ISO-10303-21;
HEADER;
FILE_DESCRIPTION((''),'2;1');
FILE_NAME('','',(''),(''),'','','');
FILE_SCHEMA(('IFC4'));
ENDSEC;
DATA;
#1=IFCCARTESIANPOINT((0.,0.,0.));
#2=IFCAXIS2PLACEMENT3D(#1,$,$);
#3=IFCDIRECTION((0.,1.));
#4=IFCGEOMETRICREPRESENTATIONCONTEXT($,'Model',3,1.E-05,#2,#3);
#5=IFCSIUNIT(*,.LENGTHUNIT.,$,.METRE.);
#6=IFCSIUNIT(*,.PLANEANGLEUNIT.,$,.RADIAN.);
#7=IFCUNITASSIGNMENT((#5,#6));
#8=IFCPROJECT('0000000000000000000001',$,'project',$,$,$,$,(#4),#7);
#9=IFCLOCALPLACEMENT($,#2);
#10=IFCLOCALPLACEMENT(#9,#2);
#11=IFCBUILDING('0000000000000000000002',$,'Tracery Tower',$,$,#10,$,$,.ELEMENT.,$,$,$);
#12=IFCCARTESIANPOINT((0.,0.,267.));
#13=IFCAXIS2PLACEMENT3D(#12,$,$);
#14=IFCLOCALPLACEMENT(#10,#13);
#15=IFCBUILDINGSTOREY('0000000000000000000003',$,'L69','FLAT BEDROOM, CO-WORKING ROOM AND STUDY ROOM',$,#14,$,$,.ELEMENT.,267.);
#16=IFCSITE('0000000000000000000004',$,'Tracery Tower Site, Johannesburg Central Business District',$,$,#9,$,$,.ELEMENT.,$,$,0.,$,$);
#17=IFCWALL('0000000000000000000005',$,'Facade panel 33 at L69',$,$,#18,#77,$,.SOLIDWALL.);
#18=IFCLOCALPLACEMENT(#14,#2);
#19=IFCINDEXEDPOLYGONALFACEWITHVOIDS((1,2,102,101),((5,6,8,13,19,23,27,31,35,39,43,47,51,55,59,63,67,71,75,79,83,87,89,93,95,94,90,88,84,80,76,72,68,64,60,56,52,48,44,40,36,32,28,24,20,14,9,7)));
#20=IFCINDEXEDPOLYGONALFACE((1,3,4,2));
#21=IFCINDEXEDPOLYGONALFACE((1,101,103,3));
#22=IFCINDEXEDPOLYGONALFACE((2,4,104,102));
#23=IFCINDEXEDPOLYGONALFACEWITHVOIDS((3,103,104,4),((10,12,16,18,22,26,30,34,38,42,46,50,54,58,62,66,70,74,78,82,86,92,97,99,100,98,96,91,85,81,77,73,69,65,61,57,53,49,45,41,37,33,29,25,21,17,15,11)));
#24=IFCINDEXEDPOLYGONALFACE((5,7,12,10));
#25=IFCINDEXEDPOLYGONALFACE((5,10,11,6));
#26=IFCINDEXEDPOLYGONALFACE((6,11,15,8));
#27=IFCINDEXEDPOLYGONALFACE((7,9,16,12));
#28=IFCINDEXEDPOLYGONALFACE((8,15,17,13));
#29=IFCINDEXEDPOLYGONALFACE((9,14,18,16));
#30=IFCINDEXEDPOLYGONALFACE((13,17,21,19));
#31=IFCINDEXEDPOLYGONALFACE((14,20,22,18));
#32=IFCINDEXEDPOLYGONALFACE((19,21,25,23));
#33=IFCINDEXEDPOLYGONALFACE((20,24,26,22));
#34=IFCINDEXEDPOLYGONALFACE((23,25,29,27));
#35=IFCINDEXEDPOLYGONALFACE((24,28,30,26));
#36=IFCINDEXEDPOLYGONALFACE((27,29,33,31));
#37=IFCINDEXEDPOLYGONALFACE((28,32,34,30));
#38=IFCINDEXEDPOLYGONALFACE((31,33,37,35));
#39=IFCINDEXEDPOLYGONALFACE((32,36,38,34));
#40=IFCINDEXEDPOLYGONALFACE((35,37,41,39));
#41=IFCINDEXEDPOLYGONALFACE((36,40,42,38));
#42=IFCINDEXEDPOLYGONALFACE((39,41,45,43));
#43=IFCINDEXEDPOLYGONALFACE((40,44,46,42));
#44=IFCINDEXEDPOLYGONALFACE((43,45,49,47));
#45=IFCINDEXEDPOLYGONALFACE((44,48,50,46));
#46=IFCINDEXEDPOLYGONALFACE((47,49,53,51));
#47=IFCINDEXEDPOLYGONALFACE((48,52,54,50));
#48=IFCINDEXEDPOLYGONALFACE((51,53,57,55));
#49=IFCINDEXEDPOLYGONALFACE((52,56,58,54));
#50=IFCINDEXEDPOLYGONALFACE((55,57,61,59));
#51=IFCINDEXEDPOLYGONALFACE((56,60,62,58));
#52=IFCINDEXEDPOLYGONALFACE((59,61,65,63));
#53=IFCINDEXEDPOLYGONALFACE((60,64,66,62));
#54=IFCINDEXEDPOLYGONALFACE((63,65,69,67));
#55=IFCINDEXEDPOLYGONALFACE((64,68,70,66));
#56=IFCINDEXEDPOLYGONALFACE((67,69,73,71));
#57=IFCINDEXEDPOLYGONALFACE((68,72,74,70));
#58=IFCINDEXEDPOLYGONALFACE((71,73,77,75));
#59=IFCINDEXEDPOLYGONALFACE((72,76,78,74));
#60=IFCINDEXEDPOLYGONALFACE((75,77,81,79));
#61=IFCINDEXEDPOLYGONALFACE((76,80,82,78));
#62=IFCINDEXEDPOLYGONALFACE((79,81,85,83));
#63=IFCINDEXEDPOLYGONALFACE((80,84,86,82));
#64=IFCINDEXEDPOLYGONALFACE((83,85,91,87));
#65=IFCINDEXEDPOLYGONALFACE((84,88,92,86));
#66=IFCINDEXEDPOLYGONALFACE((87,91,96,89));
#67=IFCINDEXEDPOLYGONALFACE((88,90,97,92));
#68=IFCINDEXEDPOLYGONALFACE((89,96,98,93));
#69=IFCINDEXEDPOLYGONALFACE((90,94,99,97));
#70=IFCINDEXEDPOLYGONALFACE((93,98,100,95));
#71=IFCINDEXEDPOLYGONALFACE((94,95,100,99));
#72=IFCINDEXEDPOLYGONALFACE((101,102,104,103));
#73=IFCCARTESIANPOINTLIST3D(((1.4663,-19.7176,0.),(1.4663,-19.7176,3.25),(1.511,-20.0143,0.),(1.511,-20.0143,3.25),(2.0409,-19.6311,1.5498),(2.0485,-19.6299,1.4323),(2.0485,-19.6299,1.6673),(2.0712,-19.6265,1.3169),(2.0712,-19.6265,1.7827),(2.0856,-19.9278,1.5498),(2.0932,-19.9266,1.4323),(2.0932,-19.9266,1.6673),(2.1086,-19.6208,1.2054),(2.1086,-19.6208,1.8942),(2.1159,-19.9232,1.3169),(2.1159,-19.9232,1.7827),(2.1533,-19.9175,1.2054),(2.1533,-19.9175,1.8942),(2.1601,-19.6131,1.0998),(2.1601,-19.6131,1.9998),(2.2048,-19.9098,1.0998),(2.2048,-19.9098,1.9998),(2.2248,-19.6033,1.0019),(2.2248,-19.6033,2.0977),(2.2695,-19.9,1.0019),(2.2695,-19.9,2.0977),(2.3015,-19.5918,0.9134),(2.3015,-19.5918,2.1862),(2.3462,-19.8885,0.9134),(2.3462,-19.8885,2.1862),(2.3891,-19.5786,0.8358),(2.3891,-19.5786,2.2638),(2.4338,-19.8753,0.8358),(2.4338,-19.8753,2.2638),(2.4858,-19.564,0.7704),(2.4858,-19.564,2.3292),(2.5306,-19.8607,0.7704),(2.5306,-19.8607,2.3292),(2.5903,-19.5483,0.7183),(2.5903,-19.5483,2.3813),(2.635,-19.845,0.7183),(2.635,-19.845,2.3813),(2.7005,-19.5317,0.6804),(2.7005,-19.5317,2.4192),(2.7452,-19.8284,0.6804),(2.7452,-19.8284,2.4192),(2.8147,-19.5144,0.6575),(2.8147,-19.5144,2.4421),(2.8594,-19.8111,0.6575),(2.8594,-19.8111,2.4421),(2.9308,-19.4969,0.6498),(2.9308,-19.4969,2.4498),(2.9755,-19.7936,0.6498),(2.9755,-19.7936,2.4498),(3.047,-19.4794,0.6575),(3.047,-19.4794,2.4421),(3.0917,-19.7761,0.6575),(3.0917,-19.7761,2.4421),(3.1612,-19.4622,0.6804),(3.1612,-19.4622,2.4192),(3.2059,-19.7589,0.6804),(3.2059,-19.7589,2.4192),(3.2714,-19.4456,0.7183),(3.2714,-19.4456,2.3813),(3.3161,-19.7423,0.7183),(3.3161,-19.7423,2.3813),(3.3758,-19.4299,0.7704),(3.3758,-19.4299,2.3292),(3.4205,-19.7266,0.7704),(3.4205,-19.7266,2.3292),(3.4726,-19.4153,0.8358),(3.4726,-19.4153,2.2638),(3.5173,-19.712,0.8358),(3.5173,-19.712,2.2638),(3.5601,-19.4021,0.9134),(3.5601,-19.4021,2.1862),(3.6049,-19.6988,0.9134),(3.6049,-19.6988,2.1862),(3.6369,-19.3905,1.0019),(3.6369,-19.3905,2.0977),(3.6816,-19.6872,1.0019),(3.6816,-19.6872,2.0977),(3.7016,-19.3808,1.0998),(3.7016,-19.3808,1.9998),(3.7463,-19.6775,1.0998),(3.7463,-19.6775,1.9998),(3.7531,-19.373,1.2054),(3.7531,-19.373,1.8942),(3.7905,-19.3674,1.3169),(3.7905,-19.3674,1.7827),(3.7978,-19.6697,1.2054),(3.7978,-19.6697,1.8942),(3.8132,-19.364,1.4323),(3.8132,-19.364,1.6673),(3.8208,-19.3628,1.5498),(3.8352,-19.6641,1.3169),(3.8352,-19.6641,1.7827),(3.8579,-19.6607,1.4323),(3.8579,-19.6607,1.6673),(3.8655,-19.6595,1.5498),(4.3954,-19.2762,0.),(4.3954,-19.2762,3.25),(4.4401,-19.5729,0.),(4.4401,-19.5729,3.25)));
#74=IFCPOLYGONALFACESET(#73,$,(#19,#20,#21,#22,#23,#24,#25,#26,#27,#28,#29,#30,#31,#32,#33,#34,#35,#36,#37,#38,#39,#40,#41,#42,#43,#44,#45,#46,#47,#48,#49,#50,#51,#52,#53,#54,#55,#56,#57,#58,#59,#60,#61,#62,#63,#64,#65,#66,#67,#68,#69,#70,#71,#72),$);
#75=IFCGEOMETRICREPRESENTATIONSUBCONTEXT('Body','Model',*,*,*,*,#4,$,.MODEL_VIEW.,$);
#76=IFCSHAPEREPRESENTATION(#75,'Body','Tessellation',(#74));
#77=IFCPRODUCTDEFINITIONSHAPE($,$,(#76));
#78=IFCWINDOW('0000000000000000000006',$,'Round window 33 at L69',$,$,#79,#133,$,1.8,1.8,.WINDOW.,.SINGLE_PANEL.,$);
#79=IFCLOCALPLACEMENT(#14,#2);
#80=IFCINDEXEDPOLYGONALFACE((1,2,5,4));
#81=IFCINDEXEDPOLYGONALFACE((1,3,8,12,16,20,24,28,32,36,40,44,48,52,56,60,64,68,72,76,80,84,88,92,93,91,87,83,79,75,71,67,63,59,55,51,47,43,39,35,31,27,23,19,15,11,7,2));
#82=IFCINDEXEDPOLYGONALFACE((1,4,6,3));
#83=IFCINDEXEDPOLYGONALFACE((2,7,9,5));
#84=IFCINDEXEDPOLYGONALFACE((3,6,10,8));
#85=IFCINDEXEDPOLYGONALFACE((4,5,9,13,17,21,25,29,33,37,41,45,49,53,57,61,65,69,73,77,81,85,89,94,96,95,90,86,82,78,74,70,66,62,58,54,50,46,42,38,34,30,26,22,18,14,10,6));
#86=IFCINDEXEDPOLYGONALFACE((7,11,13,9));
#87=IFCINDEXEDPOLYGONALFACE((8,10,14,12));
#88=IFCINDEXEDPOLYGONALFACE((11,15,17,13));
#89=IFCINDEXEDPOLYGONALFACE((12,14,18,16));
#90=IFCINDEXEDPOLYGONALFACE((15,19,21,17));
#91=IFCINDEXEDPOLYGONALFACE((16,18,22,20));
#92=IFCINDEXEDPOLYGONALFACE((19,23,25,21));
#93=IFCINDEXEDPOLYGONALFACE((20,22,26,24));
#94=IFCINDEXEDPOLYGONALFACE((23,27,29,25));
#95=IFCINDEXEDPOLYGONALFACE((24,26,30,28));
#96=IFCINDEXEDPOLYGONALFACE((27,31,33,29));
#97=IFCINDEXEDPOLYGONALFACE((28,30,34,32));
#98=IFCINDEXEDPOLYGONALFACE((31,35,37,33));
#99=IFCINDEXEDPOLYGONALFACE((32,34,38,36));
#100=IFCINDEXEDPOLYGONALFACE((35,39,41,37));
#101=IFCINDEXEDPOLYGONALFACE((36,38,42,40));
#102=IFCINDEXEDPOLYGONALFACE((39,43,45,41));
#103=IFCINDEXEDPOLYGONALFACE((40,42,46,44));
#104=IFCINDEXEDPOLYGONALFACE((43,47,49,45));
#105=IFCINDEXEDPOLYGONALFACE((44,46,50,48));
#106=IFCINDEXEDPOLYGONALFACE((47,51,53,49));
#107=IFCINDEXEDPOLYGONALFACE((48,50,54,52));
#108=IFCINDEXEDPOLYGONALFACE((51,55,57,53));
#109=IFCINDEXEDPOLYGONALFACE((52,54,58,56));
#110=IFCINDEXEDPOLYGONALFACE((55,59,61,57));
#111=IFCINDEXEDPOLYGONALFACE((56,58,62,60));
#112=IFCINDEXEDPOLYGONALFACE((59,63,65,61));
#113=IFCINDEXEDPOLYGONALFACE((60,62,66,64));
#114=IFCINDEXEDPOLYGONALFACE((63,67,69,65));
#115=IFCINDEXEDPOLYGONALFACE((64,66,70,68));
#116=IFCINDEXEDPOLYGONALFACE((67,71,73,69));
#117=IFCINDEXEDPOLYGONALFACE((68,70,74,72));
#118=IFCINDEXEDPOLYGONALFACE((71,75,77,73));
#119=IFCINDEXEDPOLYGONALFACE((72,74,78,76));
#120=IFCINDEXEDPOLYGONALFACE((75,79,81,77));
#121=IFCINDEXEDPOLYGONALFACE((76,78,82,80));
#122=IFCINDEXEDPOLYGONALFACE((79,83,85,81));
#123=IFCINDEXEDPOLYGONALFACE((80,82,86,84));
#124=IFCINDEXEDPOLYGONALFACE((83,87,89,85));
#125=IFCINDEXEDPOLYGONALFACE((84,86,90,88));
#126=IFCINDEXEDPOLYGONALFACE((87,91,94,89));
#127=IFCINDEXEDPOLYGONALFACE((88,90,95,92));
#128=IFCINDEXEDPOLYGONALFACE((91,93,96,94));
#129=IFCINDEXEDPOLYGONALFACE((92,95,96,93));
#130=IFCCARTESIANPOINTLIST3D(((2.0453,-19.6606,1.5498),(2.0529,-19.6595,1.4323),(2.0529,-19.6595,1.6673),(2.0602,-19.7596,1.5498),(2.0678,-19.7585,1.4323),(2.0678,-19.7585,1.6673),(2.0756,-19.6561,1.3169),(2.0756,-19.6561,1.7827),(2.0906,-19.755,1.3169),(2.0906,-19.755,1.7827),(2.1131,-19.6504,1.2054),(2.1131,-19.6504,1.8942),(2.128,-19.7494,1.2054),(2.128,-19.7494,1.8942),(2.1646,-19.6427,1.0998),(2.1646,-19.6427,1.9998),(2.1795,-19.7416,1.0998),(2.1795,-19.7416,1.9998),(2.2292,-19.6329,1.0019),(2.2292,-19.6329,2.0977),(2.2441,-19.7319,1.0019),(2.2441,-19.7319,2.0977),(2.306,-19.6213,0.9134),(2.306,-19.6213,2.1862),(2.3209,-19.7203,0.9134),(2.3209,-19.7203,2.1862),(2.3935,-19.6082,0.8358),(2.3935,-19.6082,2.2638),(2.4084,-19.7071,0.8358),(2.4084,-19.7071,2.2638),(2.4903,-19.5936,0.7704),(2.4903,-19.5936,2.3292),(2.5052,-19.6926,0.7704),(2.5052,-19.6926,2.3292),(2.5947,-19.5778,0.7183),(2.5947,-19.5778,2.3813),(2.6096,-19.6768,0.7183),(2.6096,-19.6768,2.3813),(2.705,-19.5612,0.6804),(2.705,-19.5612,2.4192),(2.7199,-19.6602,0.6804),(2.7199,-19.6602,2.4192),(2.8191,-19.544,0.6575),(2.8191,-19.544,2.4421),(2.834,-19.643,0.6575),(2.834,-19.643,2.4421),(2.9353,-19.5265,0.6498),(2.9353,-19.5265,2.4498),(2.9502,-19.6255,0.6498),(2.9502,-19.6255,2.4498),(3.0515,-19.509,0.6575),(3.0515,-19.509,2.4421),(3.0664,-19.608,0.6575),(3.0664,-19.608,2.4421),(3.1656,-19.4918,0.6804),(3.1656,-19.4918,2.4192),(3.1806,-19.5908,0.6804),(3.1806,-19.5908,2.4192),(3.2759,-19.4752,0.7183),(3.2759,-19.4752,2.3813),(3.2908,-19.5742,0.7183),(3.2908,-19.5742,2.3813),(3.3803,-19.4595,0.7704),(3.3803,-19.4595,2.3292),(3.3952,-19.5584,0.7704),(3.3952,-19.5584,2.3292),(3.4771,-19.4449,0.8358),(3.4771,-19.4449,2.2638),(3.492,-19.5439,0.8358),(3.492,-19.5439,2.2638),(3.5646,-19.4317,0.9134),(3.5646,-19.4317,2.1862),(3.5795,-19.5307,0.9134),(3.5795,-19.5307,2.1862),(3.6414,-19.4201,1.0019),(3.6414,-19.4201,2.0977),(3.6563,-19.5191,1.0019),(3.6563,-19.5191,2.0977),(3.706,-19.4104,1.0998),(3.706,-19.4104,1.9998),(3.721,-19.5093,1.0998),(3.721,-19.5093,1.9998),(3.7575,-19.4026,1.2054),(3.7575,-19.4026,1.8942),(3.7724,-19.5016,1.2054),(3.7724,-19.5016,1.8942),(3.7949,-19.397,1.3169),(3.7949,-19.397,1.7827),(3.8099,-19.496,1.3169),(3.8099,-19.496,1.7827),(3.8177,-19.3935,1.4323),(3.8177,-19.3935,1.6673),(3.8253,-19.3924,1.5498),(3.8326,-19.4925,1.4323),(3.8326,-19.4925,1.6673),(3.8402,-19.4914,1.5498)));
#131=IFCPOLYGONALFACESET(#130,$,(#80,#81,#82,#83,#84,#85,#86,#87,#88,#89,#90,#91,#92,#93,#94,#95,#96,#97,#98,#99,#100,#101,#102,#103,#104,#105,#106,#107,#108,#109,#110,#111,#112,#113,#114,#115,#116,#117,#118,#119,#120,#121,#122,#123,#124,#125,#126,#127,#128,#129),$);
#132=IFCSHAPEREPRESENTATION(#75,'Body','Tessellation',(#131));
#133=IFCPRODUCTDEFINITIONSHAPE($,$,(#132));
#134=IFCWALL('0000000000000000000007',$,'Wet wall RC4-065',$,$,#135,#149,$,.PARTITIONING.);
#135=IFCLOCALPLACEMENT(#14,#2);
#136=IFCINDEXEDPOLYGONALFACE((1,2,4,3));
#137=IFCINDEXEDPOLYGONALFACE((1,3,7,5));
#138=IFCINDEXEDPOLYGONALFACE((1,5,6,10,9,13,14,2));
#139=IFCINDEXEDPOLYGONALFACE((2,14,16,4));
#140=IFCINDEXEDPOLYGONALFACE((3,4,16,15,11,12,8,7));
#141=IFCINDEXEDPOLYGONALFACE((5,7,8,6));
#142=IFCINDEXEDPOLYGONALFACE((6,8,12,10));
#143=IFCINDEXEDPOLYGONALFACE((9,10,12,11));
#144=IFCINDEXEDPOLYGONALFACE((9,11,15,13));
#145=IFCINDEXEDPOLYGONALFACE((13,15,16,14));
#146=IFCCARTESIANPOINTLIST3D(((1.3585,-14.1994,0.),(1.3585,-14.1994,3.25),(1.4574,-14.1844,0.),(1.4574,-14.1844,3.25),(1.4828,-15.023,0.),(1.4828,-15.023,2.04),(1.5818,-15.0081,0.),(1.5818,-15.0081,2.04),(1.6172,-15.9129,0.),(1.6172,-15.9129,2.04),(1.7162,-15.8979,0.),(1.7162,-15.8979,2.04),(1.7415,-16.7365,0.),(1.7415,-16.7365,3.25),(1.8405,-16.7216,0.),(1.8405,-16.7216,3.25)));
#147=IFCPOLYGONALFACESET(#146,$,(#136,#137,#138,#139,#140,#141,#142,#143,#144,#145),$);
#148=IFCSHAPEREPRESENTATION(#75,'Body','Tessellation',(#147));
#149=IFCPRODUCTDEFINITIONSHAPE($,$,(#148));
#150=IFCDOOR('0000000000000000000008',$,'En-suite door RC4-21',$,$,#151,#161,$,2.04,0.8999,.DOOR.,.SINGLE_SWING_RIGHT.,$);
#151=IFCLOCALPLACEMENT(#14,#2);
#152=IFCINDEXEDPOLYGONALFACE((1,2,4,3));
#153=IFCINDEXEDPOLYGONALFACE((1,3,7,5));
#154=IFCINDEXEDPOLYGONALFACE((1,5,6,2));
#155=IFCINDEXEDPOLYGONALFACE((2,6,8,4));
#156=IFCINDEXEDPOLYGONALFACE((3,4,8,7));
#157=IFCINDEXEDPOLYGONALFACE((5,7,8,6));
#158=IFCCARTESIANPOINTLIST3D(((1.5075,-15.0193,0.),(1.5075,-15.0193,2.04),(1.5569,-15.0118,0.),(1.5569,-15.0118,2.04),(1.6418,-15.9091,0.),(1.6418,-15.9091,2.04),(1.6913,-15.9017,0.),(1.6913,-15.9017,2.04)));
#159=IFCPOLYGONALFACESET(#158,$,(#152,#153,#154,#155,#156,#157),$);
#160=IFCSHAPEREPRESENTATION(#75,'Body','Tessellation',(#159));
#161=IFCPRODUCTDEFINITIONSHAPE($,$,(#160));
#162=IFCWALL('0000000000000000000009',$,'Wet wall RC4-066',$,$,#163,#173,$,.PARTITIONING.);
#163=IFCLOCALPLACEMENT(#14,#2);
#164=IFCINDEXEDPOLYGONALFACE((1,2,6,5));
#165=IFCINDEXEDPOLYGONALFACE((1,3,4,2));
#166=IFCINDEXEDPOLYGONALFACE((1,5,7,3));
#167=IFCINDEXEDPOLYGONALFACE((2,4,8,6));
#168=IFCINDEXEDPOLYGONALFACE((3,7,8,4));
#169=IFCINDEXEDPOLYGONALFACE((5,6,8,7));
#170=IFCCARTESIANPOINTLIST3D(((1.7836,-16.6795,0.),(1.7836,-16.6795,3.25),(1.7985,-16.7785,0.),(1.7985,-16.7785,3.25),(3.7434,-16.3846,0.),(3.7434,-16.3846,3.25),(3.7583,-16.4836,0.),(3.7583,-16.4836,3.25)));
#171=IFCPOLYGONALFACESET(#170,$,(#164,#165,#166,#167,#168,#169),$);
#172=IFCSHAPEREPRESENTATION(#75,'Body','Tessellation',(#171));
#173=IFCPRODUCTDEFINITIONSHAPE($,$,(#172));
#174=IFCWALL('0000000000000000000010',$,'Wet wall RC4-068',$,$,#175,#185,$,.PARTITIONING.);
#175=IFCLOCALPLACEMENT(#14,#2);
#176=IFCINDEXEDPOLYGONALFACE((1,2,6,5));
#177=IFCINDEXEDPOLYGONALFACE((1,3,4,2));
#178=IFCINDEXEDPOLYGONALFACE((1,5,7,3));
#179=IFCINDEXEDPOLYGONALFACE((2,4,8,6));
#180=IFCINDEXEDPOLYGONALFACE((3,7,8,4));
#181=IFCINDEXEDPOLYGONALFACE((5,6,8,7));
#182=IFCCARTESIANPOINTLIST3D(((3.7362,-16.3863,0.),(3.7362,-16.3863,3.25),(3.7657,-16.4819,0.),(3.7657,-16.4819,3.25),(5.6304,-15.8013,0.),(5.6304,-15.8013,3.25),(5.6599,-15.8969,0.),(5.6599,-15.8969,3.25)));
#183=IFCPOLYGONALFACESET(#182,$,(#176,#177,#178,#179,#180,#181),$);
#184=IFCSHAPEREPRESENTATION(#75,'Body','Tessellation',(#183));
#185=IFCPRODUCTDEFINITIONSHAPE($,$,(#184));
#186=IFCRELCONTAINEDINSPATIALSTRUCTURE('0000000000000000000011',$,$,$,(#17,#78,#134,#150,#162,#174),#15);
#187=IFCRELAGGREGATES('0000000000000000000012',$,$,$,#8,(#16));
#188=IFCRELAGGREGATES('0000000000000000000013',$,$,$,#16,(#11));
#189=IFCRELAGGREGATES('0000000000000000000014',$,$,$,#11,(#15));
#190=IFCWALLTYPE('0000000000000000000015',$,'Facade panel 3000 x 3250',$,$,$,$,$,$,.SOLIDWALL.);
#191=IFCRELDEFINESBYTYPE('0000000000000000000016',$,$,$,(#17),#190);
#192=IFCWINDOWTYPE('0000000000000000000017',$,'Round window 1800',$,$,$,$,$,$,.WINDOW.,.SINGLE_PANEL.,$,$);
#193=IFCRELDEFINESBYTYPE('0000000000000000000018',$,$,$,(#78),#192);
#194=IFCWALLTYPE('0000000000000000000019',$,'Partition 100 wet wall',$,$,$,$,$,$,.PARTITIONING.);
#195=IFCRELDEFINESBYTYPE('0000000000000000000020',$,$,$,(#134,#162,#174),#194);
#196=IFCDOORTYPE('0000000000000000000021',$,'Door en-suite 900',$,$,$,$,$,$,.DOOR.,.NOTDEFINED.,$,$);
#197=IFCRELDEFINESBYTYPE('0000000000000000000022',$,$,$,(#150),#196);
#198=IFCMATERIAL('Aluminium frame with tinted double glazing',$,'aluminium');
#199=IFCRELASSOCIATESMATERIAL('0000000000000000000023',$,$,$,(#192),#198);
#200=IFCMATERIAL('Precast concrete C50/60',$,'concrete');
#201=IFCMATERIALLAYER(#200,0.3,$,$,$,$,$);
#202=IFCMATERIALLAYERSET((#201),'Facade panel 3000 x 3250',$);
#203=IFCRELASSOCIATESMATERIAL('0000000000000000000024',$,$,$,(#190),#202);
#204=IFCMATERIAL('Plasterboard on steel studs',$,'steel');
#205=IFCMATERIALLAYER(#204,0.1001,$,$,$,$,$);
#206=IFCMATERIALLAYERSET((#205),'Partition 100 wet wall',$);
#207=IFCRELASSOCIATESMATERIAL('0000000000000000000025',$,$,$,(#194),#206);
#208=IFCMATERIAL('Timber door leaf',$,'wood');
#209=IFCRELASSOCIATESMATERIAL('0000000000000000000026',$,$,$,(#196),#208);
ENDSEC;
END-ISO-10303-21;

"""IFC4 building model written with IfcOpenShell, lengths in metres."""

from ifc_helpers import new_model, si_unit, direction, frame, frame_2d, origin, origin_2d, place, context, subcontext, project, spatial, rectangle, circle, extrude, material, layer, layer_set, type_object, element, fill, save


model = new_model("IFC4")

# Units and contexts
model_context = context("Model", 3, precision=1e-05, world=origin(), true_north=direction((0.0, 1.0)))
body_context = subcontext(model_context, "Body", "Model", "MODEL_VIEW")
ifc_project = project(units=[si_unit("LENGTHUNIT", "METRE"), si_unit("PLANEANGLEUNIT", "RADIAN")], contexts=[model_context])

# Site, building, storey
site_placement = place(None, origin())
site = spatial("IfcSite", under=ifc_project, at=site_placement, Name="Tracery Tower Site, Johannesburg Central Business District", CompositionType="ELEMENT", RefElevation=0.0)
building_placement = place(site_placement, origin())
building = spatial("IfcBuilding", under=site, at=building_placement, Name="Tracery Tower", CompositionType="ELEMENT")
storey_placement = place(building_placement, frame((0.0, 0.0, 267.0)))
storey = spatial("IfcBuildingStorey", under=building, at=storey_placement, Name="L69", Description="FLAT BEDROOM, CO-WORKING ROOM AND STUDY ROOM", CompositionType="ELEMENT", Elevation=267.0)

# Wall, opening, window
ifc_material_1 = material(Name="Aluminium frame with tinted double glazing", Category="aluminium")
window_type = type_object("IfcWindowType", Name="Round window 1800", PartitioningType="SINGLE_PANEL", PredefinedType="WINDOW", material=ifc_material_1)
ifc_material_2 = material(Name="Precast concrete C50/60", Category="concrete")
ifc_layer_1 = layer(ifc_material_2, 0.3)
ifc_layer_set_1 = layer_set([ifc_layer_1], Name="Facade panel 3000 x 3250")
wall_type_1 = type_object("IfcWallType", Name="Facade panel 3000 x 3250", PredefinedType="SOLIDWALL", material=ifc_layer_set_1)
wall_1_placement = place(storey_placement, frame((1.4888, -19.866, 0.0), z_axis=(0.0, 0.0, 1.0), x_axis=(0.988836, 0.149009, 0.0)))
wall_1 = element("IfcWall", 1, at=wall_1_placement, inside=storey, type_object=wall_type_1, Name="Facade panel 33 at L69", PredefinedType="SOLIDWALL", context=body_context, shape_type="SweptSolid", body=[
    extrude(rectangle(XDim=2.9622, YDim=0.3, at=frame_2d((1.481, 0.0))), origin(), (0.0, 0.0, 1.0), 3.25),
])
opening_1_placement = place(wall_1_placement, frame((1.481, 0.0, 1.5498)))
opening_1 = element("IfcOpeningElement", 2, at=opening_1_placement, cuts=wall_1, PredefinedType="OPENING", context=body_context, shape_type="SweptSolid", body=[
    extrude(circle(Radius=0.9, at=origin_2d()), frame((0.0, 0.1599, 0.0), z_axis=(0.0, -1.0, 0.0), x_axis=(1.0, 0.0, 0.0)), (0.0, 0.0, 1.0), 0.3201),
])
window_1_placement = place(opening_1_placement, origin())
window_1 = element("IfcWindow", 3, at=window_1_placement, inside=storey, type_object=window_type, Name="Round window 33 at L69", OverallHeight=1.8, OverallWidth=1.8, PartitioningType="SINGLE_PANEL", PredefinedType="WINDOW", context=body_context, shape_type="SweptSolid", body=[
    extrude(circle(Radius=0.9, at=origin_2d()), frame((0.0, 0.1201, 0.0), z_axis=(0.0, -1.0, 0.0), x_axis=(1.0, 0.0, 0.0)), (0.0, 0.0, 1.0), 0.1001),
])
fill(opening_1, window_1)

# Wall, opening, door
ifc_material_3 = material(Name="Plasterboard on steel studs", Category="steel")
ifc_layer_2 = layer(ifc_material_3, 0.1001)
ifc_layer_set_2 = layer_set([ifc_layer_2], Name="Partition 100 wet wall")
wall_type_2 = type_object("IfcWallType", Name="Partition 100 wet wall", PredefinedType="PARTITIONING", material=ifc_layer_set_2)
wall_2_placement = place(storey_placement, frame((1.408, -14.1919, 0.0), z_axis=(0.0, 0.0, 1.0), x_axis=(0.14929, -0.988794, 0.0)))
wall_2 = element("IfcWall", 4, at=wall_2_placement, inside=storey, type_object=wall_type_2, Name="Wet wall RC4-065", PredefinedType="PARTITIONING", context=body_context, shape_type="SweptSolid", body=[
    extrude(rectangle(XDim=2.5659, YDim=0.1001, at=frame_2d((1.283, 0.0))), origin(), (0.0, 0.0, 1.0), 3.25),
])
opening_2_placement = place(wall_2_placement, frame((0.833, 0.0, 0.0)))
opening_2 = element("IfcOpeningElement", 5, at=opening_2_placement, cuts=wall_2, PredefinedType="OPENING", context=body_context, shape_type="SweptSolid", body=[
    extrude(rectangle(XDim=0.8999, YDim=2.04, at=frame_2d((0.45, 1.02))), frame((0.0, 0.05, 0.0), z_axis=(0.0, -1.0, 0.0), x_axis=(1.0, 0.0, 0.0)), (0.0, 0.0, 1.0), 0.1001),
])
ifc_material_4 = material(Name="Timber door leaf", Category="wood")
door_type_1 = type_object("IfcDoorType", Name="Door en-suite 900", OperationType="NOTDEFINED", PredefinedType="DOOR", material=ifc_material_4)
door_1_placement = place(opening_2_placement, origin())
door_1 = element("IfcDoor", 6, at=door_1_placement, inside=storey, type_object=door_type_1, Name="En-suite door RC4-21", OperationType="SINGLE_SWING_RIGHT", OverallHeight=2.04, OverallWidth=0.8999, PredefinedType="DOOR", context=body_context, shape_type="SweptSolid", body=[
    extrude(rectangle(XDim=0.8999, YDim=2.04, at=frame_2d((0.45, 1.02))), frame((0.0, 0.0249, 0.0), z_axis=(0.0, -1.0, 0.0), x_axis=(1.0, 0.0, 0.0)), (0.0, 0.0, 1.0), 0.05),
])
fill(opening_2, door_1)

# Walls
wall_3_placement = place(storey_placement, frame((1.791, -16.729, 0.0), z_axis=(0.0, 0.0, 1.0), x_axis=(0.988868, 0.148798, 0.0)))
element("IfcWall", 7, at=wall_3_placement, inside=storey, type_object=wall_type_2, Name="Wet wall RC4-066", PredefinedType="PARTITIONING", context=body_context, shape_type="SweptSolid", body=[
    extrude(rectangle(XDim=1.9819, YDim=0.1001, at=frame_2d((0.991, 0.0))), origin(), (0.0, 0.0, 1.0), 3.25),
])
wall_4_placement = place(storey_placement, frame((3.751, -16.4341, 0.0), z_axis=(0.0, 0.0, 1.0), x_axis=(0.95547, 0.29509, 0.0)))
element("IfcWall", 8, at=wall_4_placement, inside=storey, type_object=wall_type_2, Name="Wet wall RC4-068", PredefinedType="PARTITIONING", context=body_context, shape_type="SweptSolid", body=[
    extrude(rectangle(XDim=1.9824, YDim=0.1001, at=frame_2d((0.9912, 0.0))), origin(), (0.0, 0.0, 1.0), 3.25),
])

save(model, "model.ifc")
